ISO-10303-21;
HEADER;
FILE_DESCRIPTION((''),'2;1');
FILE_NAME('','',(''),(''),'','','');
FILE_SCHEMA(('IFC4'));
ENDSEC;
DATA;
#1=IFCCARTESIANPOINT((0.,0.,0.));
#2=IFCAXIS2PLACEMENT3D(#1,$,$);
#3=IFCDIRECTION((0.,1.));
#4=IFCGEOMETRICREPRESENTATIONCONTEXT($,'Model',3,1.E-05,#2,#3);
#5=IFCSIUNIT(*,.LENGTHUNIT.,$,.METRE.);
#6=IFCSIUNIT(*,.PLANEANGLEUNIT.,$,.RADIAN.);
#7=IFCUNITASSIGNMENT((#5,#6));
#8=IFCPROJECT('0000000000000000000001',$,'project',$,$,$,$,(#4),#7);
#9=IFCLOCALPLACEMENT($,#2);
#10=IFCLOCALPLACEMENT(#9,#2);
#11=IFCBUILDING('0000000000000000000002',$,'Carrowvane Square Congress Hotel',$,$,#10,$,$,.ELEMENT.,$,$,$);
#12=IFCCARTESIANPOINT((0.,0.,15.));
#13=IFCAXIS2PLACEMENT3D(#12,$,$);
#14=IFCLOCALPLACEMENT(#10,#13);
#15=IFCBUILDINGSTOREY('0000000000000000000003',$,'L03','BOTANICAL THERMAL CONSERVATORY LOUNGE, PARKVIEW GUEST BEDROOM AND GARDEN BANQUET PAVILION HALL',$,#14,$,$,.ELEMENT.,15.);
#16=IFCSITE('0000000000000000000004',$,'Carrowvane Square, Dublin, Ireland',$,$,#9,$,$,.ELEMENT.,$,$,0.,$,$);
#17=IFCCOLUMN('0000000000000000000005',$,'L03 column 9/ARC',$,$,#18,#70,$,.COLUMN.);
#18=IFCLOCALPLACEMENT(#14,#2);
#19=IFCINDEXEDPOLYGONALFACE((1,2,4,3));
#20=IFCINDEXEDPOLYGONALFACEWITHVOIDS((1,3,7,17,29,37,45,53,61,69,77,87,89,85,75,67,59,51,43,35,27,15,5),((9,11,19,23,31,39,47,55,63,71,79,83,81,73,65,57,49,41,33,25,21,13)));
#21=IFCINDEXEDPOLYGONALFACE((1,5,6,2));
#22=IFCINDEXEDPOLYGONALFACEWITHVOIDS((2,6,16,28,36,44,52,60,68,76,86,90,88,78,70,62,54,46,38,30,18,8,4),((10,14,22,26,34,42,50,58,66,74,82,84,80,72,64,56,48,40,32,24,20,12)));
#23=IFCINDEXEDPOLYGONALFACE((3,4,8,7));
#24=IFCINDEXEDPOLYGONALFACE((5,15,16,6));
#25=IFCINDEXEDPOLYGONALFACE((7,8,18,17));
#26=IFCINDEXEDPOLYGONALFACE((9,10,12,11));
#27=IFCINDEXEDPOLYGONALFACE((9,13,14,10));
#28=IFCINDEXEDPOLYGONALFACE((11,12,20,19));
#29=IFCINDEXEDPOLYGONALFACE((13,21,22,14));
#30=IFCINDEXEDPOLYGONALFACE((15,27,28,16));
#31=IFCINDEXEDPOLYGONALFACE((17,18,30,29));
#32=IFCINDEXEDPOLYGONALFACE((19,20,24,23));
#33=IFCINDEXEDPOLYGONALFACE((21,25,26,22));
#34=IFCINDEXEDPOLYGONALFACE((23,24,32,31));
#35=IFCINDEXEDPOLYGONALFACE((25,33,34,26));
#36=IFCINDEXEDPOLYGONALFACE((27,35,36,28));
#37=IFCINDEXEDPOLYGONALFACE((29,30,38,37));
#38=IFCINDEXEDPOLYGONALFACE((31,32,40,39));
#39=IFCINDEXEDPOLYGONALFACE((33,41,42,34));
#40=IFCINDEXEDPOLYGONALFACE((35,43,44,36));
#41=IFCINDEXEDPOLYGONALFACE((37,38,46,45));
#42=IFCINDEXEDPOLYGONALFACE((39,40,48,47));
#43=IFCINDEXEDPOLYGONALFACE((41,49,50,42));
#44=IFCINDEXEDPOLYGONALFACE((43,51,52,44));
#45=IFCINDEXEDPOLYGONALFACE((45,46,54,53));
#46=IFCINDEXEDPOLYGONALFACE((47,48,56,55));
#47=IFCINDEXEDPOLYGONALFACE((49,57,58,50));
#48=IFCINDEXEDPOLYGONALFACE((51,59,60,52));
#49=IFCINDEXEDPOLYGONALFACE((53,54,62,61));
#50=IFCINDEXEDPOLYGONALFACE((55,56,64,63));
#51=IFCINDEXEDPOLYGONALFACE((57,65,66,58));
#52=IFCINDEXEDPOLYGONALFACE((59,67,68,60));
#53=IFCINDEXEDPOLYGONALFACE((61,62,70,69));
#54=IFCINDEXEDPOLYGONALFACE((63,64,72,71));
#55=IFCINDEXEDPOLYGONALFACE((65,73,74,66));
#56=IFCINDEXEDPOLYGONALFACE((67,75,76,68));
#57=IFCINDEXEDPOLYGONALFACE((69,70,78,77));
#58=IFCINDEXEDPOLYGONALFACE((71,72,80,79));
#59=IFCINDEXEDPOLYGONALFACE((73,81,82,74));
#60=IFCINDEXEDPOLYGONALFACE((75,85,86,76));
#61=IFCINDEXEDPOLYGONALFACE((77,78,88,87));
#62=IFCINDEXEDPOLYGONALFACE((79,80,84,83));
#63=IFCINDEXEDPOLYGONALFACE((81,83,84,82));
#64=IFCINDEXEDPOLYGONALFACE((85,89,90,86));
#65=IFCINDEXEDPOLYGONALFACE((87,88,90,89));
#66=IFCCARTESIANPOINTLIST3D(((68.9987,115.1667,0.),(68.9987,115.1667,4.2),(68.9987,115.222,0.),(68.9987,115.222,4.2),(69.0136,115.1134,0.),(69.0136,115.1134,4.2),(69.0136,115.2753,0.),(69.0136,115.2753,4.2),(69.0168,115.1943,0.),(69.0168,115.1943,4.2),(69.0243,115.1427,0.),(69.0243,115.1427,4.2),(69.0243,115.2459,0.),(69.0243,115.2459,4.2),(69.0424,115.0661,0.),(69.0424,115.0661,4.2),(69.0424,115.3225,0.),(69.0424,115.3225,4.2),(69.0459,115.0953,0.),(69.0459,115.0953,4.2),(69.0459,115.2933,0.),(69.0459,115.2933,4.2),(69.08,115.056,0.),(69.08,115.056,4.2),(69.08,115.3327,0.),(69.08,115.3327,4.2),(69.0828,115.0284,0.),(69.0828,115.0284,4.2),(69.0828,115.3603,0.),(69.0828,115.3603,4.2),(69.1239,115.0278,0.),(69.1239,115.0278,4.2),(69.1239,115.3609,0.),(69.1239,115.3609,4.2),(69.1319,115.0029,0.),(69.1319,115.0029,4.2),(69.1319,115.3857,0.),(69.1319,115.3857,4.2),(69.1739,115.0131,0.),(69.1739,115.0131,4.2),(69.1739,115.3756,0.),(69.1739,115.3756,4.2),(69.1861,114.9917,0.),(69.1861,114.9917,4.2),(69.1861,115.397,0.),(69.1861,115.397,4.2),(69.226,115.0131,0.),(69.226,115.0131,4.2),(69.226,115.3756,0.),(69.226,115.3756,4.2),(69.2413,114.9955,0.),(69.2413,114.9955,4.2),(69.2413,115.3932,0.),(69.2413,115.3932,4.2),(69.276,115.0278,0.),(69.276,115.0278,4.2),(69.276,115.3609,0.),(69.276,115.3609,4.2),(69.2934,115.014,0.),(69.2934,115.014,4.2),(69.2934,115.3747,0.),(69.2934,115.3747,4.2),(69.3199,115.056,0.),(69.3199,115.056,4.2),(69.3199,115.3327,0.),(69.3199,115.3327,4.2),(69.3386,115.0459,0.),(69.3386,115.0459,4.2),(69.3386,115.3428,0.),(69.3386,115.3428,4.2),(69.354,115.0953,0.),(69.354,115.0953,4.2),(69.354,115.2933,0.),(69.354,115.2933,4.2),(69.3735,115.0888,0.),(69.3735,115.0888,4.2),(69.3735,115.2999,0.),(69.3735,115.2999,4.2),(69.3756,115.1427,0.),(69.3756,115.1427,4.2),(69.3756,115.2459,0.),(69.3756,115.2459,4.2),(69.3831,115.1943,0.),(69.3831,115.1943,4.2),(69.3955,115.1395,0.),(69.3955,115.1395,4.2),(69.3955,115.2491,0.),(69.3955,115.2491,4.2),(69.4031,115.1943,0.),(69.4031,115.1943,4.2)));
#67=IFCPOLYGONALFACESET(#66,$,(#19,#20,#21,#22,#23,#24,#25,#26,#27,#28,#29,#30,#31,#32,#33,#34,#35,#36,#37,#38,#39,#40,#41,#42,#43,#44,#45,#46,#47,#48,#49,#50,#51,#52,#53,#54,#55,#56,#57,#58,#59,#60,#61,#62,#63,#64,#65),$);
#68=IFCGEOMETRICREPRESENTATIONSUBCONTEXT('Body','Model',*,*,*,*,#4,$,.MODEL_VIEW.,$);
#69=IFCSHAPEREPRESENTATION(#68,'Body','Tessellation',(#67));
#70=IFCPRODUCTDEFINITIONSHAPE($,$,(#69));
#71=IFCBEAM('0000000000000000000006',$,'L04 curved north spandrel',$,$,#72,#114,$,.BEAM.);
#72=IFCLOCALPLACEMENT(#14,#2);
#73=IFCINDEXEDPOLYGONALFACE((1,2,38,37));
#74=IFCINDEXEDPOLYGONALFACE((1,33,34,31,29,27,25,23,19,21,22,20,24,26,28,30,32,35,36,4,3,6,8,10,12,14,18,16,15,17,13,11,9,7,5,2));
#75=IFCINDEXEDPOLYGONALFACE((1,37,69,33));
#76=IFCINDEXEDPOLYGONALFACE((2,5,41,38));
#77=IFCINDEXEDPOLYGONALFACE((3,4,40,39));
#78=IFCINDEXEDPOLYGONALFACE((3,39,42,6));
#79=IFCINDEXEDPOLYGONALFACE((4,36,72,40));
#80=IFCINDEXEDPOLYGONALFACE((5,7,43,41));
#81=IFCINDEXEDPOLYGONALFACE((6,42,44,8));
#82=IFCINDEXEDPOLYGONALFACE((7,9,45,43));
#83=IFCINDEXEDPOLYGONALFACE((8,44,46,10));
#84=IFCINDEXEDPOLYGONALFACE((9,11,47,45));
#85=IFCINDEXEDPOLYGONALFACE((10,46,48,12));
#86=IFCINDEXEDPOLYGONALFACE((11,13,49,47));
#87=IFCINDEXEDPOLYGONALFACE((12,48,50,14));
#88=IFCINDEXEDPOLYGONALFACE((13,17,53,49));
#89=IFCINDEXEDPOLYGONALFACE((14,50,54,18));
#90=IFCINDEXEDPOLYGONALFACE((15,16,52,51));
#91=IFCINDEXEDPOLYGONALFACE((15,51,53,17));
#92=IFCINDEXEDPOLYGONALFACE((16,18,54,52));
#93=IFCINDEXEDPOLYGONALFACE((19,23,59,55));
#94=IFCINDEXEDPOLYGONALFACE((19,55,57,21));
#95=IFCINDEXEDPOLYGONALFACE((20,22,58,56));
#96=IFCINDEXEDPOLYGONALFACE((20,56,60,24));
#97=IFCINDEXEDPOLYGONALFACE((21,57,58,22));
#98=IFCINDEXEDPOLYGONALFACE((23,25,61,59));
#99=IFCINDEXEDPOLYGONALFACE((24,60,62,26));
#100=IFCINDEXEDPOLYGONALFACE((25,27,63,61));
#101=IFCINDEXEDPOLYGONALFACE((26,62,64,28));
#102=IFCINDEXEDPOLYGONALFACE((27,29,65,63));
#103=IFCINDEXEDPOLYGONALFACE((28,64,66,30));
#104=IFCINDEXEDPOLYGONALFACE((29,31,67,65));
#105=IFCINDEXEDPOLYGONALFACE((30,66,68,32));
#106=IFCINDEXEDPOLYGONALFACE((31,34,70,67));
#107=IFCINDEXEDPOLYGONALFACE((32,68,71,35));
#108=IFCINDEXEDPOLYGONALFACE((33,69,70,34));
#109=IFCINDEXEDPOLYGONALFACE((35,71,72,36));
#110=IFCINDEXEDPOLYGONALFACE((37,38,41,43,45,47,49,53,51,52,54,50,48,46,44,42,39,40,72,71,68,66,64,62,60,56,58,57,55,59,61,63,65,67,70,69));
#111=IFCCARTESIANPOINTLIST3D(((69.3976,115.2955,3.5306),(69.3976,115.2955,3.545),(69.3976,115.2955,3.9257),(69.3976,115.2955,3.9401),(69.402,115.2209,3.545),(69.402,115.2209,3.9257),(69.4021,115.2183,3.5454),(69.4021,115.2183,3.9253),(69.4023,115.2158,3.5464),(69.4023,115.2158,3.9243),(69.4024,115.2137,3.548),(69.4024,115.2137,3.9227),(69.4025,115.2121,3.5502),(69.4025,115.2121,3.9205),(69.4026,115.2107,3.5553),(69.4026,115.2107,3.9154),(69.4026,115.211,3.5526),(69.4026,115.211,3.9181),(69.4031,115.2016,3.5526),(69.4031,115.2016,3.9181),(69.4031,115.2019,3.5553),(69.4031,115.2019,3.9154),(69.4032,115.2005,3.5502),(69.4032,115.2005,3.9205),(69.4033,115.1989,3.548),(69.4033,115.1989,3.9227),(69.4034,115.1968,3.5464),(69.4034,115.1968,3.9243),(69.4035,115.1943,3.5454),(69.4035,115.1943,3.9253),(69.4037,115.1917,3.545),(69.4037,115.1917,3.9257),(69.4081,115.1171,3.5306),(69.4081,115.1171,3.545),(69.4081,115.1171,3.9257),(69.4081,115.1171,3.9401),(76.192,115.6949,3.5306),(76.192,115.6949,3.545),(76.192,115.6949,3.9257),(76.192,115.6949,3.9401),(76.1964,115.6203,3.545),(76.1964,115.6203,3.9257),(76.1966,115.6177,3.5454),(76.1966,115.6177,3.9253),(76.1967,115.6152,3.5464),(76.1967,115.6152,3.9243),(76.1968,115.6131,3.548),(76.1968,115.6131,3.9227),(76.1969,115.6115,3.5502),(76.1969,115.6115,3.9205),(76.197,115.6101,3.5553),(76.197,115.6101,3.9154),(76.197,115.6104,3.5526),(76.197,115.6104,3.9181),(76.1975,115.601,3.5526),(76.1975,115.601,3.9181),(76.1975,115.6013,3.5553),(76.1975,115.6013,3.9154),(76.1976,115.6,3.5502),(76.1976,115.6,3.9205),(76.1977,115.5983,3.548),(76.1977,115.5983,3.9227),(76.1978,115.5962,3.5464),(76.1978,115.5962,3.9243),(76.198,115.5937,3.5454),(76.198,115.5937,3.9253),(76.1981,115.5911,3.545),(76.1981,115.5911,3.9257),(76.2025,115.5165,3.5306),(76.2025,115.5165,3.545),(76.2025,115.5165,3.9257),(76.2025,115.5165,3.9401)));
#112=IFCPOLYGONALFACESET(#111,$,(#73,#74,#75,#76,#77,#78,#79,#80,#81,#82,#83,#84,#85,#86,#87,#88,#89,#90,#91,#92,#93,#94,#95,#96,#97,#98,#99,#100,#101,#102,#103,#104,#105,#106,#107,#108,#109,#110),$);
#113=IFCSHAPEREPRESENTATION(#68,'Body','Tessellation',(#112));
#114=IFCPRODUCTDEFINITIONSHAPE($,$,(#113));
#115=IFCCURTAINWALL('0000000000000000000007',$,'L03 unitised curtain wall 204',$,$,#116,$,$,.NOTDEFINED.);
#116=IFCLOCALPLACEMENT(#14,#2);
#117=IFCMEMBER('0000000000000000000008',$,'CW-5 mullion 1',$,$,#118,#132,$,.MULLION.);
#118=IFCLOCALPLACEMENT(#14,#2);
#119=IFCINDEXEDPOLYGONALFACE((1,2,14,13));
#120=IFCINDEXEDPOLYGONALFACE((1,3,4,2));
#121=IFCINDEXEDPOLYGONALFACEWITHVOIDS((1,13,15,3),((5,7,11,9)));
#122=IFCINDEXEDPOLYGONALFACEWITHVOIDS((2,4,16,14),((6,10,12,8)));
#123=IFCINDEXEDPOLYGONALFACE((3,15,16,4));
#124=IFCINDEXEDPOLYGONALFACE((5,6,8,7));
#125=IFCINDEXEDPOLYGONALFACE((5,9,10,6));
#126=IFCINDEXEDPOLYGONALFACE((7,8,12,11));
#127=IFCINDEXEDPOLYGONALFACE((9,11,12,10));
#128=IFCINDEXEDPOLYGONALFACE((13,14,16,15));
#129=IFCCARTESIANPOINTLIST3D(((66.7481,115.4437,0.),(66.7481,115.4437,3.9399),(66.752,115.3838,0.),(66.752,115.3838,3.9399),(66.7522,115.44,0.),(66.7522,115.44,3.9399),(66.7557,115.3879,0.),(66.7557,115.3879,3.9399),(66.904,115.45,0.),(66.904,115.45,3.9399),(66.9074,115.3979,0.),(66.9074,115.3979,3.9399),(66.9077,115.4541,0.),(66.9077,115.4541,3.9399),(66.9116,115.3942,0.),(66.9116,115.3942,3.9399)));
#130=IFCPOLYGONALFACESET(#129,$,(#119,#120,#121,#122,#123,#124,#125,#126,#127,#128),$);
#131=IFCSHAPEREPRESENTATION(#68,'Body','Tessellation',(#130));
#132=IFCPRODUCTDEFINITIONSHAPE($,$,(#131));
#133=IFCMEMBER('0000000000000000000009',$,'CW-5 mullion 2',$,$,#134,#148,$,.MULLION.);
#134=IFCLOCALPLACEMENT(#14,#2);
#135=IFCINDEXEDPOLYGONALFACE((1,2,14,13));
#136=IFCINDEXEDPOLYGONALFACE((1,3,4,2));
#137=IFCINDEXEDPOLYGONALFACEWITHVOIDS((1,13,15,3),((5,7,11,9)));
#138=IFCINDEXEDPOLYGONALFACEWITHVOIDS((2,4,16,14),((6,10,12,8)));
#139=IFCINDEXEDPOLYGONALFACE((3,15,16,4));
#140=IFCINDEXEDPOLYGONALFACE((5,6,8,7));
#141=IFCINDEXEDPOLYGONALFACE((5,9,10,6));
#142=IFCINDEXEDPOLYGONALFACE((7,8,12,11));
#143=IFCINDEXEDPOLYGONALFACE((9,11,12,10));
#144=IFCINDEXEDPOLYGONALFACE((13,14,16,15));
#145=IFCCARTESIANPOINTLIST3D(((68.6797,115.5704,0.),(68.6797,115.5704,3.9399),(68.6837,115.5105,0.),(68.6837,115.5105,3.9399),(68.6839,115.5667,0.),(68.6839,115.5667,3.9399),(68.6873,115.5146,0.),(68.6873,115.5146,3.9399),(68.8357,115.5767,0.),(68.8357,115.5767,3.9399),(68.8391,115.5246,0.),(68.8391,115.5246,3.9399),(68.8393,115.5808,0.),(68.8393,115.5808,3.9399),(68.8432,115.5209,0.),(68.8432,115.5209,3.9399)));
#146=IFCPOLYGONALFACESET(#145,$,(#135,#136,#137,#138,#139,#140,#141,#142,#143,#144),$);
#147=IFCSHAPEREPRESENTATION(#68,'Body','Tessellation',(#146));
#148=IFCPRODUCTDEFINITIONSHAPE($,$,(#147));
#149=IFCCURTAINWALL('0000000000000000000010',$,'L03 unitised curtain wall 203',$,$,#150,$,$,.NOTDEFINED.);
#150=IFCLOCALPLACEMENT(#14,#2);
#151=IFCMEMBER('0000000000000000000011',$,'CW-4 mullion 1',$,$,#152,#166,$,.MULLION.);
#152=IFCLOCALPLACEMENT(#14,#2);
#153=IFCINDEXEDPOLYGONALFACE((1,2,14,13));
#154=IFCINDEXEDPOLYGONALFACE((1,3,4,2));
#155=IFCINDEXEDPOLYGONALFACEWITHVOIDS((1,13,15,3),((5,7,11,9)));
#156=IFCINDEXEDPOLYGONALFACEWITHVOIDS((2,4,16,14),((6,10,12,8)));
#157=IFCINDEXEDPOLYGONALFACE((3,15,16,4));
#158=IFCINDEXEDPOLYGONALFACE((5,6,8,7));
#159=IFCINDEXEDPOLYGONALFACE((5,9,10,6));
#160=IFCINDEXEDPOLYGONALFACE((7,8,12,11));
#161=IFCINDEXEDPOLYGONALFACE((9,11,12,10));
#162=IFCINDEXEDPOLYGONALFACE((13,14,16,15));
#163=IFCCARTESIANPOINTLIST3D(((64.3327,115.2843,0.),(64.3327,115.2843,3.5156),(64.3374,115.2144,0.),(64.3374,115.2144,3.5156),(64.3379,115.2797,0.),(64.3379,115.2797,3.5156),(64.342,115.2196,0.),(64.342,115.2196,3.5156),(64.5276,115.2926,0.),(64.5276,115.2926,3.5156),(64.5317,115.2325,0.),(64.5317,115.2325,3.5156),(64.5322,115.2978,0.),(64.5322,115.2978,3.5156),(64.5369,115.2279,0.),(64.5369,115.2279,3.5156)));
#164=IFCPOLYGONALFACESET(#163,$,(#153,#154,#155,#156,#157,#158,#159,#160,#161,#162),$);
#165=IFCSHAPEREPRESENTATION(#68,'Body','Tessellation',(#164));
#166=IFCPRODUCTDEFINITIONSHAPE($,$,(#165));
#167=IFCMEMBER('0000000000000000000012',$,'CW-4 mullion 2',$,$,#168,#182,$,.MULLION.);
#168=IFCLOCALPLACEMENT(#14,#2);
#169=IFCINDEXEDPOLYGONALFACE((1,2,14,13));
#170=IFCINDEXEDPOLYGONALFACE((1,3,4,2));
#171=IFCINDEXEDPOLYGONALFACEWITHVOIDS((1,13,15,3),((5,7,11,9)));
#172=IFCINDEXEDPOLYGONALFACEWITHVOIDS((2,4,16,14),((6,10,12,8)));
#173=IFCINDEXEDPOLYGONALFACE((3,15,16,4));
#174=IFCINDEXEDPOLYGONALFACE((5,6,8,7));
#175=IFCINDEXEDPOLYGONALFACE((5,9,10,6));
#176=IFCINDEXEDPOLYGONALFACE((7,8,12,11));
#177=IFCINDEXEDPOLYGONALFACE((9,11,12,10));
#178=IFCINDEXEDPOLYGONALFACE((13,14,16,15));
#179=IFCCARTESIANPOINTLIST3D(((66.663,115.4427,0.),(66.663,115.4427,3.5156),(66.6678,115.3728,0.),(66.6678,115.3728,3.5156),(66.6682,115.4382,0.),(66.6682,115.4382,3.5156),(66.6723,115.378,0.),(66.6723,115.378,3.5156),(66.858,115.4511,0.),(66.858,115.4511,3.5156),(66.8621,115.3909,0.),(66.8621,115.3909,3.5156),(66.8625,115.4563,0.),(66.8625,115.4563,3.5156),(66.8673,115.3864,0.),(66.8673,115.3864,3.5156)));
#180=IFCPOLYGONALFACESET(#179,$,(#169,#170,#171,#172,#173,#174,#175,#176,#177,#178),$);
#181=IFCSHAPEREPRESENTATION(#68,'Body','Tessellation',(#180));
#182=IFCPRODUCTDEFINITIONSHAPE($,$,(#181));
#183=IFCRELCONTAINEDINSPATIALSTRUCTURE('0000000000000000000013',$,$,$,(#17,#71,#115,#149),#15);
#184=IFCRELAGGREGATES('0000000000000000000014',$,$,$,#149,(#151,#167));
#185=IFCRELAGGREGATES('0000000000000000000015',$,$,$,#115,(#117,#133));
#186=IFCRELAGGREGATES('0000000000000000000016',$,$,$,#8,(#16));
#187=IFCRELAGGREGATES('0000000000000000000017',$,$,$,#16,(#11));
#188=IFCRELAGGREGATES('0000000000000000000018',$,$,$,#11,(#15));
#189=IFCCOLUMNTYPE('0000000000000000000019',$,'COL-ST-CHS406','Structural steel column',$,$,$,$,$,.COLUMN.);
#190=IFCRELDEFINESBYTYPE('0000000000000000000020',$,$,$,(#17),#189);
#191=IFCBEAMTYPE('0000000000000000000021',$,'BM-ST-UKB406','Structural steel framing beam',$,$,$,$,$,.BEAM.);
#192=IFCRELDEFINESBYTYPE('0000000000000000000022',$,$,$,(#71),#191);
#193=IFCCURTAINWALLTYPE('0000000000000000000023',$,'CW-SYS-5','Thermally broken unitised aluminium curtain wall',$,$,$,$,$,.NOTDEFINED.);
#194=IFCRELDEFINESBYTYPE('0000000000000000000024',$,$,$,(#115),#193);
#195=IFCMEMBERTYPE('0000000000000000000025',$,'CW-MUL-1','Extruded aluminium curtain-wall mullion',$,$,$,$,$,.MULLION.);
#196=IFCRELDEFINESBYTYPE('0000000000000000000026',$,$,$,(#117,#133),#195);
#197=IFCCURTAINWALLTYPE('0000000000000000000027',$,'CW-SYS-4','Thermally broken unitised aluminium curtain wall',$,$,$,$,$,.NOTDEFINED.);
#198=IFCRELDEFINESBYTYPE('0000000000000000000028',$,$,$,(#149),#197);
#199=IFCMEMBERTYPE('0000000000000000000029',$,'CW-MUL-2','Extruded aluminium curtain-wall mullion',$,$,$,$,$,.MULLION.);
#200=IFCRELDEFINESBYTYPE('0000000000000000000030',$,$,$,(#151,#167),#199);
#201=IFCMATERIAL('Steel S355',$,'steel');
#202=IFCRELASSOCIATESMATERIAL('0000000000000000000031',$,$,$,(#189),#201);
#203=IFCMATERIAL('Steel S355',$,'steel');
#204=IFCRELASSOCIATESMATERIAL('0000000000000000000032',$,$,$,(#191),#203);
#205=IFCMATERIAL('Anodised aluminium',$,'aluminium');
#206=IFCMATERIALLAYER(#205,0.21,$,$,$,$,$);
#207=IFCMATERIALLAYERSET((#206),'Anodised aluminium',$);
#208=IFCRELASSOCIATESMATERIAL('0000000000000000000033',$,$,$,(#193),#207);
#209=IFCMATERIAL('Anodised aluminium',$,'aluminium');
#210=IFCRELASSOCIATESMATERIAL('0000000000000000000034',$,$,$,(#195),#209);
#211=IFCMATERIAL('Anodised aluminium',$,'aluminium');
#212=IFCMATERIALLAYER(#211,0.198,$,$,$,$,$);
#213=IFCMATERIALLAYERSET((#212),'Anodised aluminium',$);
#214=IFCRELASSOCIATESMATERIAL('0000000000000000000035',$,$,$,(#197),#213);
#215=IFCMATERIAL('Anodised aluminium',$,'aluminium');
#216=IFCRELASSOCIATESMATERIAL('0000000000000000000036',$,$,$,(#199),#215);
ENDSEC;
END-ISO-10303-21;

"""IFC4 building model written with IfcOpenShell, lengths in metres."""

from ifc_helpers import new_model, si_unit, direction, frame, origin, origin_2d, place, context, subcontext, project, spatial, hollow_rectangle, hollow_circle, i_section, extrude, material, layer, layer_set, material_profile, profile_set, type_object, element, aggregate, save


model = new_model("IFC4")

# Units and contexts
model_context = context("Model", 3, precision=1e-05, world=origin(), true_north=direction((0.0, 1.0)))
body_context = subcontext(model_context, "Body", "Model", "MODEL_VIEW")
ifc_project = project(units=[si_unit("LENGTHUNIT", "METRE"), si_unit("PLANEANGLEUNIT", "RADIAN")], contexts=[model_context])

# Site, building, storey
site_placement = place(None, origin())
site = spatial("IfcSite", under=ifc_project, at=site_placement, Name="Carrowvane Square, Dublin, Ireland", CompositionType="ELEMENT", RefElevation=0.0)
building_placement = place(site_placement, origin())
building = spatial("IfcBuilding", under=site, at=building_placement, Name="Carrowvane Square Congress Hotel", CompositionType="ELEMENT")
storey_placement = place(building_placement, frame((0.0, 0.0, 15.0)))
storey = spatial("IfcBuildingStorey", under=building, at=storey_placement, Name="L03", Description="BOTANICAL THERMAL CONSERVATORY LOUNGE, PARKVIEW GUEST BEDROOM AND GARDEN BANQUET PAVILION HALL", CompositionType="ELEMENT", Elevation=15.0)

# Column
ifc_material_1 = material(Name="Steel S355", Category="steel")
ifc_material_profile_1 = material_profile(ifc_material_1, hollow_circle(Radius=0.2031, WallThickness=0.02, at=origin_2d()), Name="CHS 406.4x20")
ifc_profile_set_1 = profile_set([ifc_material_profile_1], Name="Steel S355")
column_type = type_object("IfcColumnType", Name="COL-ST-CHS406", Description="Structural steel column", PredefinedType="COLUMN", material=ifc_profile_set_1)
column_placement = place(storey_placement, frame((69.2, 115.1943, 0.0), z_axis=(0.0, 0.0, 1.0), x_axis=(1.0, 0.0, 0.0)))
element("IfcColumn", 1, at=column_placement, inside=storey, type_object=column_type, Name="L03 column 9/ARC", PredefinedType="COLUMN", context=body_context, shape_type="SweptSolid", body=[
    extrude(hollow_circle(Radius=0.2031, WallThickness=0.02, at=origin_2d()), origin(), (0.0, 0.0, 1.0), 4.2),
])

# Beam
ifc_material_2 = material(Name="Steel S355", Category="steel")
ifc_material_profile_2 = material_profile(ifc_material_2, i_section(OverallWidth=0.1787, OverallDepth=0.4094, WebThickness=0.0088, FlangeThickness=0.0144, FilletRadius=0.0103, at=origin_2d()), Name="UKB 406x178x67")
ifc_profile_set_2 = profile_set([ifc_material_profile_2], Name="Steel S355")
beam_type = type_object("IfcBeamType", Name="BM-ST-UKB406", Description="Structural steel framing beam", PredefinedType="BEAM", material=ifc_profile_set_2)
beam_placement = place(storey_placement, frame((69.4028, 115.2063, 3.7354), z_axis=(0.998277, 0.058684, 0.0), x_axis=(-0.058684, 0.998277, 0.0)))
element("IfcBeam", 2, at=beam_placement, inside=storey, type_object=beam_type, Name="L04 curved north spandrel", PredefinedType="BEAM", context=body_context, shape_type="SweptSolid", body=[
    extrude(i_section(OverallWidth=0.1787, OverallDepth=0.4094, WebThickness=0.0088, FlangeThickness=0.0144, FilletRadius=0.0103, at=origin_2d()), origin(), (0.0, 0.0, 1.0), 6.8062),
])

# Curtain walls, members
ifc_material_3 = material(Name="Anodised aluminium", Category="aluminium")
ifc_layer_1 = layer(ifc_material_3, 0.21)
ifc_layer_set_1 = layer_set([ifc_layer_1], Name="Anodised aluminium")
curtain_wall_type_1 = type_object("IfcCurtainWallType", Name="CW-SYS-5", Description="Thermally broken unitised aluminium curtain wall", PredefinedType="NOTDEFINED", material=ifc_layer_set_1)
curtain_wall_1_placement = place(storey_placement, origin())
curtain_wall_1 = element("IfcCurtainWall", 3, at=curtain_wall_1_placement, inside=storey, type_object=curtain_wall_type_1, Name="L03 unitised curtain wall 204", PredefinedType="NOTDEFINED")
ifc_material_4 = material(Name="Anodised aluminium", Category="aluminium")
ifc_material_profile_3 = material_profile(ifc_material_4, hollow_rectangle(XDim=0.0601, YDim=0.1599, WallThickness=0.0039, at=origin_2d()), Name="CW-ML 60x160x4")
ifc_profile_set_3 = profile_set([ifc_material_profile_3], Name="Anodised aluminium")
member_type_1 = type_object("IfcMemberType", Name="CW-MUL-1", Description="Extruded aluminium curtain-wall mullion", PredefinedType="MULLION", material=ifc_profile_set_3)
member_1_placement = place(storey_placement, frame((66.8298, 115.4189, 0.0), z_axis=(0.0, 0.0, 1.0), x_axis=(-0.065412, 0.997858, 0.0)))
member_1 = element("IfcMember", 4, at=member_1_placement, type_object=member_type_1, Name="CW-5 mullion 1", PredefinedType="MULLION", context=body_context, shape_type="SweptSolid", body=[
    extrude(hollow_rectangle(XDim=0.0601, YDim=0.1599, WallThickness=0.0039, at=origin_2d()), origin(), (0.0, 0.0, 1.0), 3.9399),
])
member_2_placement = place(storey_placement, frame((68.7615, 115.5457, 0.0), z_axis=(0.0, 0.0, 1.0), x_axis=(-0.065412, 0.997858, 0.0)))
member_2 = element("IfcMember", 5, at=member_2_placement, type_object=member_type_1, Name="CW-5 mullion 2", PredefinedType="MULLION", context=body_context, shape_type="SweptSolid", body=[
    extrude(hollow_rectangle(XDim=0.0601, YDim=0.1599, WallThickness=0.0039, at=origin_2d()), origin(), (0.0, 0.0, 1.0), 3.9399),
])
ifc_material_5 = material(Name="Anodised aluminium", Category="aluminium")
ifc_layer_2 = layer(ifc_material_5, 0.198)
ifc_layer_set_2 = layer_set([ifc_layer_2], Name="Anodised aluminium")
curtain_wall_type_2 = type_object("IfcCurtainWallType", Name="CW-SYS-4", Description="Thermally broken unitised aluminium curtain wall", PredefinedType="NOTDEFINED", material=ifc_layer_set_2)
curtain_wall_2_placement = place(storey_placement, origin())
curtain_wall_2 = element("IfcCurtainWall", 6, at=curtain_wall_2_placement, inside=storey, type_object=curtain_wall_type_2, Name="L03 unitised curtain wall 203", PredefinedType="NOTDEFINED")
ifc_material_6 = material(Name="Anodised aluminium", Category="aluminium")
ifc_material_profile_4 = material_profile(ifc_material_6, hollow_rectangle(XDim=0.0701, YDim=0.2, WallThickness=0.0049, at=origin_2d()), Name="CW-ML 70x200x5")
ifc_profile_set_4 = profile_set([ifc_material_profile_4], Name="Anodised aluminium")
member_type_2 = type_object("IfcMemberType", Name="CW-MUL-2", Description="Extruded aluminium curtain-wall mullion", PredefinedType="MULLION", material=ifc_profile_set_4)
member_3_placement = place(storey_placement, frame((64.4348, 115.2561, 0.0), z_axis=(0.0, 0.0, 1.0), x_axis=(-0.067865, 0.997694, 0.0)))
member_3 = element("IfcMember", 7, at=member_3_placement, type_object=member_type_2, Name="CW-4 mullion 1", PredefinedType="MULLION", context=body_context, shape_type="SweptSolid", body=[
    extrude(hollow_rectangle(XDim=0.0701, YDim=0.2, WallThickness=0.0049, at=origin_2d()), origin(), (0.0, 0.0, 1.0), 3.5156),
])
member_4_placement = place(storey_placement, frame((66.7651, 115.4146, 0.0), z_axis=(0.0, 0.0, 1.0), x_axis=(-0.067865, 0.997694, 0.0)))
member_4 = element("IfcMember", 8, at=member_4_placement, type_object=member_type_2, Name="CW-4 mullion 2", PredefinedType="MULLION", context=body_context, shape_type="SweptSolid", body=[
    extrude(hollow_rectangle(XDim=0.0701, YDim=0.2, WallThickness=0.0049, at=origin_2d()), origin(), (0.0, 0.0, 1.0), 3.5156),
])

aggregate(curtain_wall_2, [member_3, member_4])
aggregate(curtain_wall_1, [member_1, member_2])

save(model, "model.ifc")
